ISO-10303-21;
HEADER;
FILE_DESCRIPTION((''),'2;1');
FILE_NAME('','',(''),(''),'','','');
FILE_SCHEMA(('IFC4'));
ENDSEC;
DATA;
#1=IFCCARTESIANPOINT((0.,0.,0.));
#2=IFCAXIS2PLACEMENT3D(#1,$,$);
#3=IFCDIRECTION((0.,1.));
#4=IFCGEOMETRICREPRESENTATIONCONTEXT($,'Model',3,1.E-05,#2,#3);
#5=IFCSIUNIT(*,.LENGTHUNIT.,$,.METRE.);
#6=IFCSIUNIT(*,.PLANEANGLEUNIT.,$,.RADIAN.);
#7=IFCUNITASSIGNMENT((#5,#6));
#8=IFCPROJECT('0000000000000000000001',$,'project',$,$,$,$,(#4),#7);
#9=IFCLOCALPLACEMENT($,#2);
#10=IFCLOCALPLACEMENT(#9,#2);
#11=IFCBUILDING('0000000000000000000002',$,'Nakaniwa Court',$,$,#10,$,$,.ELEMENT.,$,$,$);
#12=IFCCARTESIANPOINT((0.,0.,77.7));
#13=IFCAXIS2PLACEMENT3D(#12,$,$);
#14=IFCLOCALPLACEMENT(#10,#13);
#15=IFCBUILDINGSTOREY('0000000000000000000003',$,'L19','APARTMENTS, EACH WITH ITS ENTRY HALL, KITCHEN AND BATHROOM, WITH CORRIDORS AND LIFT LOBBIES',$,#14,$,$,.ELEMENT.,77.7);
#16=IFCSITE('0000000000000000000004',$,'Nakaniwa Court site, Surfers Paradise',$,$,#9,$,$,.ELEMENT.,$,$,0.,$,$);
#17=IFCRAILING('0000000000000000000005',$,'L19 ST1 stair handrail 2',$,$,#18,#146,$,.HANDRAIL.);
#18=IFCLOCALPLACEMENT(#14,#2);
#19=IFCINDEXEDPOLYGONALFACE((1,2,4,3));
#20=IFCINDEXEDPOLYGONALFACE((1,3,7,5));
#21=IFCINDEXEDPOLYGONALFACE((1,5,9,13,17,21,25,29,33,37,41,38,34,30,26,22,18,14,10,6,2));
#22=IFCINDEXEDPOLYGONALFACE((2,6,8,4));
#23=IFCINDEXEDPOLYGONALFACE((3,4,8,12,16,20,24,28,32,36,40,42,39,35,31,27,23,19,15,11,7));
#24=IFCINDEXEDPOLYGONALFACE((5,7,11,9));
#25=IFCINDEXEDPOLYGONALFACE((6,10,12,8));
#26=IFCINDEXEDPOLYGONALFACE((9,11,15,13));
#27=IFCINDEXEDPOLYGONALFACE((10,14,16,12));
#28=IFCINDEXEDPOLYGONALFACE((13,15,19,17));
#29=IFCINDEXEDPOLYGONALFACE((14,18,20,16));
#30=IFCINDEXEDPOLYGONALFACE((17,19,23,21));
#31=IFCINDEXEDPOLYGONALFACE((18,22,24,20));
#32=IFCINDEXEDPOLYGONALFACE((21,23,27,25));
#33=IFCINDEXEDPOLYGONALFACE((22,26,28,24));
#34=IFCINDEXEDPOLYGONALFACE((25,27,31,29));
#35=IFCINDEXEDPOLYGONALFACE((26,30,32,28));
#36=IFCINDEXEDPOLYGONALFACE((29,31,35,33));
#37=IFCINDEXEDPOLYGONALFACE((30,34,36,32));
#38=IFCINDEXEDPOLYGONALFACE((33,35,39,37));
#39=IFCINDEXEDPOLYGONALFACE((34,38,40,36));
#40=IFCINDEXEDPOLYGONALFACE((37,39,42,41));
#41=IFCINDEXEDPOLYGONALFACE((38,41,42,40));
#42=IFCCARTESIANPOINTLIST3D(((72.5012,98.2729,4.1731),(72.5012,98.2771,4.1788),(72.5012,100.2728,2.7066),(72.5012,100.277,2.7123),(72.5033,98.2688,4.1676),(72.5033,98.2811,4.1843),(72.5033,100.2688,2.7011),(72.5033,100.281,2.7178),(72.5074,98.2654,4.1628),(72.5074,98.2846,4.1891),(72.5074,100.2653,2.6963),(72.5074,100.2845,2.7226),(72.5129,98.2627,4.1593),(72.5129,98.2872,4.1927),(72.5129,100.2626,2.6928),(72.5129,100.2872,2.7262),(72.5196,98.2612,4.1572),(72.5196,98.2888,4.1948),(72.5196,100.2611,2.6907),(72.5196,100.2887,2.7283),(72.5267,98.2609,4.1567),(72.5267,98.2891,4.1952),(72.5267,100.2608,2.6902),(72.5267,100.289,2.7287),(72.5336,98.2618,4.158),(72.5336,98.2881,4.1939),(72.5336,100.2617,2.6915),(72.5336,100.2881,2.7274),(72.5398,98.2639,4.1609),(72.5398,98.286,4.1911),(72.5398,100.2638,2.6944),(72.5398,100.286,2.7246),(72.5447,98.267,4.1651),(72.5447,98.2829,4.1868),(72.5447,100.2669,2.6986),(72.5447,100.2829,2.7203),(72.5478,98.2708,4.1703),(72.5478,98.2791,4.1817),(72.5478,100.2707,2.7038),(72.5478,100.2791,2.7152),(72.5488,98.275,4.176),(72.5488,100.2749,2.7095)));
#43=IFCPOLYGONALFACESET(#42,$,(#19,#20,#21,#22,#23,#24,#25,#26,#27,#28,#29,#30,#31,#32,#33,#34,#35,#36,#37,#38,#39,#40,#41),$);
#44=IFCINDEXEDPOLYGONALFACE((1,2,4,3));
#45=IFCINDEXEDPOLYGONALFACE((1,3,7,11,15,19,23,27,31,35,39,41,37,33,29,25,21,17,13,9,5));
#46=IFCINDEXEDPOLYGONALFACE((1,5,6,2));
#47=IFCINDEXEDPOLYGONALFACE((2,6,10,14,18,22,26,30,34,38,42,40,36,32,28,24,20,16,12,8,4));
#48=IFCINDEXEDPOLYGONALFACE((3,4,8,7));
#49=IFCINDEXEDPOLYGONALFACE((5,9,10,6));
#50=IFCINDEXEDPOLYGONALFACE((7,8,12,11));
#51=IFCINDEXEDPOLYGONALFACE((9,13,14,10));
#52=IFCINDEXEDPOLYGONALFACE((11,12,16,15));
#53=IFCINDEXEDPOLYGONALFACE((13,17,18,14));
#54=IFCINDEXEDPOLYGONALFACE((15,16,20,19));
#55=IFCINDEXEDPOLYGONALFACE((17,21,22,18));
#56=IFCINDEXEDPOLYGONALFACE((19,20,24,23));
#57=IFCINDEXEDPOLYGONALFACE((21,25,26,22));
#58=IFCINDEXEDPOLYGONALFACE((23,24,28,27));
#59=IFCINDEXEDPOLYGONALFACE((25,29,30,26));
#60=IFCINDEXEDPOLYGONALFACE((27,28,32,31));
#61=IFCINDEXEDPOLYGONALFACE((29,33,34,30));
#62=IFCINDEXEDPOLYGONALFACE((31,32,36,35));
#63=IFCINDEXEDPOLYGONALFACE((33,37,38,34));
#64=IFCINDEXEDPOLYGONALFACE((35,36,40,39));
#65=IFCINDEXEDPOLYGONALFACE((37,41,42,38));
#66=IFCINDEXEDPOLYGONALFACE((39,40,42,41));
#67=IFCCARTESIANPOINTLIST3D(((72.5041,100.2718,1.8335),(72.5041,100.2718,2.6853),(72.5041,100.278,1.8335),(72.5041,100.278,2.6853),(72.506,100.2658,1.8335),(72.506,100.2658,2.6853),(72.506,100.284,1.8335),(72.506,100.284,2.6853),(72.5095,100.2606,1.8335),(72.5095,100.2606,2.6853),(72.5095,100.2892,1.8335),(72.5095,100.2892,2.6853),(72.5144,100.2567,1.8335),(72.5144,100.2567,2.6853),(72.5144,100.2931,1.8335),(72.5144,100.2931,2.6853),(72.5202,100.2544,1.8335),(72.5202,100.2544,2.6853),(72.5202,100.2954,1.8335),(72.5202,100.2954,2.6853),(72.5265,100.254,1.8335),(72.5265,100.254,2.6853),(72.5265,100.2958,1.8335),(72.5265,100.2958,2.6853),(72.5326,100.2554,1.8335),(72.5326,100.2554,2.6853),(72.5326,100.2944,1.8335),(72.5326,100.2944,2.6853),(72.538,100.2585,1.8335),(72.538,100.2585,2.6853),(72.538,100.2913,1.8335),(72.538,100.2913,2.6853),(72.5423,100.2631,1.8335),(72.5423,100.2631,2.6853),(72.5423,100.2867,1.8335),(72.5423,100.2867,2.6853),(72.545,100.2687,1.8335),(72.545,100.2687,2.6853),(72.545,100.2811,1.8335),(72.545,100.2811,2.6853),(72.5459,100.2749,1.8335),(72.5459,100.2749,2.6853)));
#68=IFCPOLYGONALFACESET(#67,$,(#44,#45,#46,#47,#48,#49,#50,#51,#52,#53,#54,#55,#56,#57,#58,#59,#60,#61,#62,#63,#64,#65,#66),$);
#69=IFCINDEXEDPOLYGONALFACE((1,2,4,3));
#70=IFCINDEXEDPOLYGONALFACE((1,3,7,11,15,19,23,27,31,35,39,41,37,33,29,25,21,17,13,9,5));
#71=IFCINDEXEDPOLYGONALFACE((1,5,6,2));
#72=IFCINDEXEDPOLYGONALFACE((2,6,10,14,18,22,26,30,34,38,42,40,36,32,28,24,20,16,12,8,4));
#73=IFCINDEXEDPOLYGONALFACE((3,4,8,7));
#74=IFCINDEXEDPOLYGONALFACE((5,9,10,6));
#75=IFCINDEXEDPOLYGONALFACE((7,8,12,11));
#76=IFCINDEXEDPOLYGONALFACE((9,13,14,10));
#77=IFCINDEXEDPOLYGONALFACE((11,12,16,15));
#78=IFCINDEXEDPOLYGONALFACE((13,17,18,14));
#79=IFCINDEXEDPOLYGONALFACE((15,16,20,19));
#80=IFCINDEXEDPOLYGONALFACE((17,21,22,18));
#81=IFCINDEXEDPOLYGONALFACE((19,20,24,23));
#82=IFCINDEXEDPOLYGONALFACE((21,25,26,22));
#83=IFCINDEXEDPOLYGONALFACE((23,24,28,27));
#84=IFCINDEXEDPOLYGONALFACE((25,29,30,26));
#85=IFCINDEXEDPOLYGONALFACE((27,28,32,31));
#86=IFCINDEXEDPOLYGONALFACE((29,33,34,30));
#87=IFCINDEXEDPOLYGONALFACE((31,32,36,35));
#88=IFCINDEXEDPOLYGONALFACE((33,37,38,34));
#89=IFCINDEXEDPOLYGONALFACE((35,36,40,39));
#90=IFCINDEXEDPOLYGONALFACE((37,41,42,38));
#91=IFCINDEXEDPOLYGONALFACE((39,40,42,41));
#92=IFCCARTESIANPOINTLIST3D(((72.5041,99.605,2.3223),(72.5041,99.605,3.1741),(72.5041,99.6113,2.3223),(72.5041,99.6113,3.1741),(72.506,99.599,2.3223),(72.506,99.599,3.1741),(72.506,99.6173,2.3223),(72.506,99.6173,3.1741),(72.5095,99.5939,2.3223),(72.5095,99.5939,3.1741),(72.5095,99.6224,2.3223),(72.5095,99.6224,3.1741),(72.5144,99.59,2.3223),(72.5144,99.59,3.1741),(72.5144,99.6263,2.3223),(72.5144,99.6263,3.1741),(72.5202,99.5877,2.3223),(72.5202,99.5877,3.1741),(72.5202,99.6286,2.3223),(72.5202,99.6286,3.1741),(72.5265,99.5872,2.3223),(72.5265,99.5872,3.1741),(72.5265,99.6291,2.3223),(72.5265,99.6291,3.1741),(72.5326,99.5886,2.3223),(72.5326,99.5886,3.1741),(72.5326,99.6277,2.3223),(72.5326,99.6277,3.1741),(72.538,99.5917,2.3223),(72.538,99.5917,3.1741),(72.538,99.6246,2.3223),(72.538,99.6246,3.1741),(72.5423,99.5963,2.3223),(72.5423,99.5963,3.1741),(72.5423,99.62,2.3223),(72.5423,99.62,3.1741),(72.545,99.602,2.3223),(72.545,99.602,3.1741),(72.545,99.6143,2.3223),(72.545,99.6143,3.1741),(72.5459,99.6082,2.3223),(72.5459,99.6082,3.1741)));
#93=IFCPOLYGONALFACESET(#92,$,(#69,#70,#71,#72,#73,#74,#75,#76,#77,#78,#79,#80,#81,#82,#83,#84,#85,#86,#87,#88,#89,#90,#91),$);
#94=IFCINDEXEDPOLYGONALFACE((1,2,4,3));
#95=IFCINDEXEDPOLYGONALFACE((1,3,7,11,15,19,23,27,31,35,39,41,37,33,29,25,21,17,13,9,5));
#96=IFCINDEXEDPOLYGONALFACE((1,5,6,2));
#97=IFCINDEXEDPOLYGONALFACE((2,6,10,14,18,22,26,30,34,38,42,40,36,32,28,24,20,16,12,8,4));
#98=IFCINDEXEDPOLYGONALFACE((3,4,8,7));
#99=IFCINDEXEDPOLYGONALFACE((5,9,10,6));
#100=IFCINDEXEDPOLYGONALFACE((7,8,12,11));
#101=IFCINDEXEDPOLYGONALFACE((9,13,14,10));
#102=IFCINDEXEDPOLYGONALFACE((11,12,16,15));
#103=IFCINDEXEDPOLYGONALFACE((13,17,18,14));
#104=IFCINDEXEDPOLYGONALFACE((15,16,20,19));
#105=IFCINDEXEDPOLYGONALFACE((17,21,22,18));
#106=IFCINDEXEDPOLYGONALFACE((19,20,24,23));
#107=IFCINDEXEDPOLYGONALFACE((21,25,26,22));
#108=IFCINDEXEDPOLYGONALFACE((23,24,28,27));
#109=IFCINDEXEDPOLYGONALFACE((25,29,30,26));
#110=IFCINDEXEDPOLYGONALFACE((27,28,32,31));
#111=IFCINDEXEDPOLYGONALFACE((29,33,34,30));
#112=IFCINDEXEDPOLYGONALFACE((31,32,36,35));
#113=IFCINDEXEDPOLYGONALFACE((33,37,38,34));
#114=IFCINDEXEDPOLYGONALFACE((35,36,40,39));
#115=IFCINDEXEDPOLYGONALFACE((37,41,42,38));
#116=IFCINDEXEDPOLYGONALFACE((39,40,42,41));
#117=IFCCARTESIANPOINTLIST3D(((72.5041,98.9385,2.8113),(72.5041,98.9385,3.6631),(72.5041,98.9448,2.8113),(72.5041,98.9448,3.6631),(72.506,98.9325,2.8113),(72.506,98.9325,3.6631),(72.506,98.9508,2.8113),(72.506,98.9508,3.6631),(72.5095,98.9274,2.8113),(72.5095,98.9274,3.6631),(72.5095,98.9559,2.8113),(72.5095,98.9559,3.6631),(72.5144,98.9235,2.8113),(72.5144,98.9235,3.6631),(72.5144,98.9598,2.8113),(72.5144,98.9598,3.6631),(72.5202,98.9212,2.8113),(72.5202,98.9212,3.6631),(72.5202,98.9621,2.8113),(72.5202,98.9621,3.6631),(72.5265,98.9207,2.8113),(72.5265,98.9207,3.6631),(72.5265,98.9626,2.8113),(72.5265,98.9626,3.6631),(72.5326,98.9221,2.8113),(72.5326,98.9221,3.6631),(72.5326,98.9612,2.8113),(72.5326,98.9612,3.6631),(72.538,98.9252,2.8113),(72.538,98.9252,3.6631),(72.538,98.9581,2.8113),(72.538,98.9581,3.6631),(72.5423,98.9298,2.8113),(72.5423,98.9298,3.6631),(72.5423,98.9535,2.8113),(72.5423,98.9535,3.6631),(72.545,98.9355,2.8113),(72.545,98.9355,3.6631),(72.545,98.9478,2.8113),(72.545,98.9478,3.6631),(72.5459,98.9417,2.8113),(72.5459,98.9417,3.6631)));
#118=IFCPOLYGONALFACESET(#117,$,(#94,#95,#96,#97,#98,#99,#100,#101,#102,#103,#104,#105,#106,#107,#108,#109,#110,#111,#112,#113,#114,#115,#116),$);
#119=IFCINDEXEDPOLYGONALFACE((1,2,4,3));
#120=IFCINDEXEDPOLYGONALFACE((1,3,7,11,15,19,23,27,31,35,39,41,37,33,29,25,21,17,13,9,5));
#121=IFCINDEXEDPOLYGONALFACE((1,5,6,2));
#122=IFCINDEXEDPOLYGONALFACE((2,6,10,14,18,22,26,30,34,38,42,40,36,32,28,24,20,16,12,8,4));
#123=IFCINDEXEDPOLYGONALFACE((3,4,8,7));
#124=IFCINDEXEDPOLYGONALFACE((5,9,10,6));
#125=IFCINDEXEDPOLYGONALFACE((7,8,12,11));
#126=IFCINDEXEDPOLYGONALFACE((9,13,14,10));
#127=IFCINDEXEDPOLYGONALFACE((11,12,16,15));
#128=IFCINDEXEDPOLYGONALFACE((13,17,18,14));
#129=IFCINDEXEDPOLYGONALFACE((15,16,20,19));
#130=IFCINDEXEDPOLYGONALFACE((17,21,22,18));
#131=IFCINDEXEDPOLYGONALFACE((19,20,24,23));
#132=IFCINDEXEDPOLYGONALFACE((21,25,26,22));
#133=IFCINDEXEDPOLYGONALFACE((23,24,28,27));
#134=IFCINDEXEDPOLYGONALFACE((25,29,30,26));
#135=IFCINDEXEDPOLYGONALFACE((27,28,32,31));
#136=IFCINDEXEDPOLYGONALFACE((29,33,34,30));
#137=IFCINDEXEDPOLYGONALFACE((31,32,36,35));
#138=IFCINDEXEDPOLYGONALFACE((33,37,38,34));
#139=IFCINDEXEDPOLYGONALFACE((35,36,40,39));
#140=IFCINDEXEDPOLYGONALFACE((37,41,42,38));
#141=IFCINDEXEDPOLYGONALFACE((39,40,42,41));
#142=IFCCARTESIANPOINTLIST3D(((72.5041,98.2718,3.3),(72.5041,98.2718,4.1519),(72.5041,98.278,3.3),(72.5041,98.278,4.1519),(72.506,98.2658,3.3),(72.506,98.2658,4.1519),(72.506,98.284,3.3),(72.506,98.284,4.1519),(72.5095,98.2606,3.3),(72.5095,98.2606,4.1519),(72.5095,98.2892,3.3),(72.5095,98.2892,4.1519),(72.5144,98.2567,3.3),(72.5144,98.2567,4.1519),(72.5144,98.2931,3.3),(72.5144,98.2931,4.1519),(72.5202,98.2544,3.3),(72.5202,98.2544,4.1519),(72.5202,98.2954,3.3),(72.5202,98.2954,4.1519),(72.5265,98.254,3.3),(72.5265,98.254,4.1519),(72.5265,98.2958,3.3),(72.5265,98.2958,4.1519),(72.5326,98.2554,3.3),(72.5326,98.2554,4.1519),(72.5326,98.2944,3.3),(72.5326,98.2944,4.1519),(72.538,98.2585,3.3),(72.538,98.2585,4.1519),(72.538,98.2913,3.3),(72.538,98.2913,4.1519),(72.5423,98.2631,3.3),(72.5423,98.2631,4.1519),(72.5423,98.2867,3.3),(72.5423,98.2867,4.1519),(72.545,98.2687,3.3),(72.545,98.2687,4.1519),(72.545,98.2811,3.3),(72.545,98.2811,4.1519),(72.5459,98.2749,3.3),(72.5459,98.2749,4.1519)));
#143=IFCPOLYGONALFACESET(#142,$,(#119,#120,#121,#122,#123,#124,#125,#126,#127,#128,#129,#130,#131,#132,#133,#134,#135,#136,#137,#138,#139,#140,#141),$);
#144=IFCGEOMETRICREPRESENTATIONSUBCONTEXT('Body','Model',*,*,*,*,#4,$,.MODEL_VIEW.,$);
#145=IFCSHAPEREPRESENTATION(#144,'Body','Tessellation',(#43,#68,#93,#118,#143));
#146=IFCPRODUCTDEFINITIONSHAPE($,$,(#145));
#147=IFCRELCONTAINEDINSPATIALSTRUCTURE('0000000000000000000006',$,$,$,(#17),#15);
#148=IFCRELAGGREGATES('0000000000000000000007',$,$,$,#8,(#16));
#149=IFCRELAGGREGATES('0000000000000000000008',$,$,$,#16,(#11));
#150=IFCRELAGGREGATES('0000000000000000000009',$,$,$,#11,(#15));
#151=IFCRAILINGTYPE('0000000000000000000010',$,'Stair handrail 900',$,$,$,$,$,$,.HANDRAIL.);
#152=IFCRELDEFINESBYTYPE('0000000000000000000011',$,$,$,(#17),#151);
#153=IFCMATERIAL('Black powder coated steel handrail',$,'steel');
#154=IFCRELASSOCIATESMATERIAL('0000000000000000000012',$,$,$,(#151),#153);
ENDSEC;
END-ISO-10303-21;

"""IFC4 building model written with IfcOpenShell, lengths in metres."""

from ifc_helpers import new_model, si_unit, direction, frame, origin, origin_2d, place, context, subcontext, project, spatial, circle, extrude, material, type_object, element, save


model = new_model("IFC4")

# Units and contexts
model_context = context("Model", 3, precision=1e-05, world=origin(), true_north=direction((0.0, 1.0)))
body_context = subcontext(model_context, "Body", "Model", "MODEL_VIEW")
ifc_project = project(units=[si_unit("LENGTHUNIT", "METRE"), si_unit("PLANEANGLEUNIT", "RADIAN")], contexts=[model_context])

# Site, building, storey
site_placement = place(None, origin())
site = spatial("IfcSite", under=ifc_project, at=site_placement, Name="Nakaniwa Court site, Surfers Paradise", CompositionType="ELEMENT", RefElevation=0.0)
building_placement = place(site_placement, origin())
building = spatial("IfcBuilding", under=site, at=building_placement, Name="Nakaniwa Court", CompositionType="ELEMENT")
storey_placement = place(building_placement, frame((0.0, 0.0, 77.7)))
storey = spatial("IfcBuildingStorey", under=building, at=storey_placement, Name="L19", Description="APARTMENTS, EACH WITH ITS ENTRY HALL, KITCHEN AND BATHROOM, WITH CORRIDORS AND LIFT LOBBIES", CompositionType="ELEMENT", Elevation=77.7)

# Railing
ifc_material_1 = material(Name="Black powder coated steel handrail", Category="steel")
railing_type_1 = type_object("IfcRailingType", Name="Stair handrail 900", PredefinedType="HANDRAIL", material=ifc_material_1)
railing_1_placement = place(storey_placement, frame((72.5249, 100.2749, 1.8335)))
element("IfcRailing", 1, at=railing_1_placement, inside=storey, type_object=railing_type_1, Name="L19 ST1 stair handrail 2", PredefinedType="HANDRAIL", context=body_context, shape_type="SweptSolid", body=[
    extrude(circle(Radius=0.0239, at=origin_2d()), frame((0.0, 0.0, 0.876), z_axis=(0.0, -0.806427, 0.591334), x_axis=(1.0, 0.0, 0.0)), (0.0, 0.0, 1.0), 2.48),
    extrude(circle(Radius=0.021, at=origin_2d()), origin(), (0.0, 0.0, 1.0), 0.8518),
    extrude(circle(Radius=0.021, at=origin_2d()), frame((0.0, -0.6667, 0.4888)), (0.0, 0.0, 1.0), 0.8518),
    extrude(circle(Radius=0.021, at=origin_2d()), frame((0.0, -1.3333, 0.9778)), (0.0, 0.0, 1.0), 0.8518),
    extrude(circle(Radius=0.021, at=origin_2d()), frame((0.0, -2.0, 1.4666)), (0.0, 0.0, 1.0), 0.8518),
])

save(model, "model.ifc")
